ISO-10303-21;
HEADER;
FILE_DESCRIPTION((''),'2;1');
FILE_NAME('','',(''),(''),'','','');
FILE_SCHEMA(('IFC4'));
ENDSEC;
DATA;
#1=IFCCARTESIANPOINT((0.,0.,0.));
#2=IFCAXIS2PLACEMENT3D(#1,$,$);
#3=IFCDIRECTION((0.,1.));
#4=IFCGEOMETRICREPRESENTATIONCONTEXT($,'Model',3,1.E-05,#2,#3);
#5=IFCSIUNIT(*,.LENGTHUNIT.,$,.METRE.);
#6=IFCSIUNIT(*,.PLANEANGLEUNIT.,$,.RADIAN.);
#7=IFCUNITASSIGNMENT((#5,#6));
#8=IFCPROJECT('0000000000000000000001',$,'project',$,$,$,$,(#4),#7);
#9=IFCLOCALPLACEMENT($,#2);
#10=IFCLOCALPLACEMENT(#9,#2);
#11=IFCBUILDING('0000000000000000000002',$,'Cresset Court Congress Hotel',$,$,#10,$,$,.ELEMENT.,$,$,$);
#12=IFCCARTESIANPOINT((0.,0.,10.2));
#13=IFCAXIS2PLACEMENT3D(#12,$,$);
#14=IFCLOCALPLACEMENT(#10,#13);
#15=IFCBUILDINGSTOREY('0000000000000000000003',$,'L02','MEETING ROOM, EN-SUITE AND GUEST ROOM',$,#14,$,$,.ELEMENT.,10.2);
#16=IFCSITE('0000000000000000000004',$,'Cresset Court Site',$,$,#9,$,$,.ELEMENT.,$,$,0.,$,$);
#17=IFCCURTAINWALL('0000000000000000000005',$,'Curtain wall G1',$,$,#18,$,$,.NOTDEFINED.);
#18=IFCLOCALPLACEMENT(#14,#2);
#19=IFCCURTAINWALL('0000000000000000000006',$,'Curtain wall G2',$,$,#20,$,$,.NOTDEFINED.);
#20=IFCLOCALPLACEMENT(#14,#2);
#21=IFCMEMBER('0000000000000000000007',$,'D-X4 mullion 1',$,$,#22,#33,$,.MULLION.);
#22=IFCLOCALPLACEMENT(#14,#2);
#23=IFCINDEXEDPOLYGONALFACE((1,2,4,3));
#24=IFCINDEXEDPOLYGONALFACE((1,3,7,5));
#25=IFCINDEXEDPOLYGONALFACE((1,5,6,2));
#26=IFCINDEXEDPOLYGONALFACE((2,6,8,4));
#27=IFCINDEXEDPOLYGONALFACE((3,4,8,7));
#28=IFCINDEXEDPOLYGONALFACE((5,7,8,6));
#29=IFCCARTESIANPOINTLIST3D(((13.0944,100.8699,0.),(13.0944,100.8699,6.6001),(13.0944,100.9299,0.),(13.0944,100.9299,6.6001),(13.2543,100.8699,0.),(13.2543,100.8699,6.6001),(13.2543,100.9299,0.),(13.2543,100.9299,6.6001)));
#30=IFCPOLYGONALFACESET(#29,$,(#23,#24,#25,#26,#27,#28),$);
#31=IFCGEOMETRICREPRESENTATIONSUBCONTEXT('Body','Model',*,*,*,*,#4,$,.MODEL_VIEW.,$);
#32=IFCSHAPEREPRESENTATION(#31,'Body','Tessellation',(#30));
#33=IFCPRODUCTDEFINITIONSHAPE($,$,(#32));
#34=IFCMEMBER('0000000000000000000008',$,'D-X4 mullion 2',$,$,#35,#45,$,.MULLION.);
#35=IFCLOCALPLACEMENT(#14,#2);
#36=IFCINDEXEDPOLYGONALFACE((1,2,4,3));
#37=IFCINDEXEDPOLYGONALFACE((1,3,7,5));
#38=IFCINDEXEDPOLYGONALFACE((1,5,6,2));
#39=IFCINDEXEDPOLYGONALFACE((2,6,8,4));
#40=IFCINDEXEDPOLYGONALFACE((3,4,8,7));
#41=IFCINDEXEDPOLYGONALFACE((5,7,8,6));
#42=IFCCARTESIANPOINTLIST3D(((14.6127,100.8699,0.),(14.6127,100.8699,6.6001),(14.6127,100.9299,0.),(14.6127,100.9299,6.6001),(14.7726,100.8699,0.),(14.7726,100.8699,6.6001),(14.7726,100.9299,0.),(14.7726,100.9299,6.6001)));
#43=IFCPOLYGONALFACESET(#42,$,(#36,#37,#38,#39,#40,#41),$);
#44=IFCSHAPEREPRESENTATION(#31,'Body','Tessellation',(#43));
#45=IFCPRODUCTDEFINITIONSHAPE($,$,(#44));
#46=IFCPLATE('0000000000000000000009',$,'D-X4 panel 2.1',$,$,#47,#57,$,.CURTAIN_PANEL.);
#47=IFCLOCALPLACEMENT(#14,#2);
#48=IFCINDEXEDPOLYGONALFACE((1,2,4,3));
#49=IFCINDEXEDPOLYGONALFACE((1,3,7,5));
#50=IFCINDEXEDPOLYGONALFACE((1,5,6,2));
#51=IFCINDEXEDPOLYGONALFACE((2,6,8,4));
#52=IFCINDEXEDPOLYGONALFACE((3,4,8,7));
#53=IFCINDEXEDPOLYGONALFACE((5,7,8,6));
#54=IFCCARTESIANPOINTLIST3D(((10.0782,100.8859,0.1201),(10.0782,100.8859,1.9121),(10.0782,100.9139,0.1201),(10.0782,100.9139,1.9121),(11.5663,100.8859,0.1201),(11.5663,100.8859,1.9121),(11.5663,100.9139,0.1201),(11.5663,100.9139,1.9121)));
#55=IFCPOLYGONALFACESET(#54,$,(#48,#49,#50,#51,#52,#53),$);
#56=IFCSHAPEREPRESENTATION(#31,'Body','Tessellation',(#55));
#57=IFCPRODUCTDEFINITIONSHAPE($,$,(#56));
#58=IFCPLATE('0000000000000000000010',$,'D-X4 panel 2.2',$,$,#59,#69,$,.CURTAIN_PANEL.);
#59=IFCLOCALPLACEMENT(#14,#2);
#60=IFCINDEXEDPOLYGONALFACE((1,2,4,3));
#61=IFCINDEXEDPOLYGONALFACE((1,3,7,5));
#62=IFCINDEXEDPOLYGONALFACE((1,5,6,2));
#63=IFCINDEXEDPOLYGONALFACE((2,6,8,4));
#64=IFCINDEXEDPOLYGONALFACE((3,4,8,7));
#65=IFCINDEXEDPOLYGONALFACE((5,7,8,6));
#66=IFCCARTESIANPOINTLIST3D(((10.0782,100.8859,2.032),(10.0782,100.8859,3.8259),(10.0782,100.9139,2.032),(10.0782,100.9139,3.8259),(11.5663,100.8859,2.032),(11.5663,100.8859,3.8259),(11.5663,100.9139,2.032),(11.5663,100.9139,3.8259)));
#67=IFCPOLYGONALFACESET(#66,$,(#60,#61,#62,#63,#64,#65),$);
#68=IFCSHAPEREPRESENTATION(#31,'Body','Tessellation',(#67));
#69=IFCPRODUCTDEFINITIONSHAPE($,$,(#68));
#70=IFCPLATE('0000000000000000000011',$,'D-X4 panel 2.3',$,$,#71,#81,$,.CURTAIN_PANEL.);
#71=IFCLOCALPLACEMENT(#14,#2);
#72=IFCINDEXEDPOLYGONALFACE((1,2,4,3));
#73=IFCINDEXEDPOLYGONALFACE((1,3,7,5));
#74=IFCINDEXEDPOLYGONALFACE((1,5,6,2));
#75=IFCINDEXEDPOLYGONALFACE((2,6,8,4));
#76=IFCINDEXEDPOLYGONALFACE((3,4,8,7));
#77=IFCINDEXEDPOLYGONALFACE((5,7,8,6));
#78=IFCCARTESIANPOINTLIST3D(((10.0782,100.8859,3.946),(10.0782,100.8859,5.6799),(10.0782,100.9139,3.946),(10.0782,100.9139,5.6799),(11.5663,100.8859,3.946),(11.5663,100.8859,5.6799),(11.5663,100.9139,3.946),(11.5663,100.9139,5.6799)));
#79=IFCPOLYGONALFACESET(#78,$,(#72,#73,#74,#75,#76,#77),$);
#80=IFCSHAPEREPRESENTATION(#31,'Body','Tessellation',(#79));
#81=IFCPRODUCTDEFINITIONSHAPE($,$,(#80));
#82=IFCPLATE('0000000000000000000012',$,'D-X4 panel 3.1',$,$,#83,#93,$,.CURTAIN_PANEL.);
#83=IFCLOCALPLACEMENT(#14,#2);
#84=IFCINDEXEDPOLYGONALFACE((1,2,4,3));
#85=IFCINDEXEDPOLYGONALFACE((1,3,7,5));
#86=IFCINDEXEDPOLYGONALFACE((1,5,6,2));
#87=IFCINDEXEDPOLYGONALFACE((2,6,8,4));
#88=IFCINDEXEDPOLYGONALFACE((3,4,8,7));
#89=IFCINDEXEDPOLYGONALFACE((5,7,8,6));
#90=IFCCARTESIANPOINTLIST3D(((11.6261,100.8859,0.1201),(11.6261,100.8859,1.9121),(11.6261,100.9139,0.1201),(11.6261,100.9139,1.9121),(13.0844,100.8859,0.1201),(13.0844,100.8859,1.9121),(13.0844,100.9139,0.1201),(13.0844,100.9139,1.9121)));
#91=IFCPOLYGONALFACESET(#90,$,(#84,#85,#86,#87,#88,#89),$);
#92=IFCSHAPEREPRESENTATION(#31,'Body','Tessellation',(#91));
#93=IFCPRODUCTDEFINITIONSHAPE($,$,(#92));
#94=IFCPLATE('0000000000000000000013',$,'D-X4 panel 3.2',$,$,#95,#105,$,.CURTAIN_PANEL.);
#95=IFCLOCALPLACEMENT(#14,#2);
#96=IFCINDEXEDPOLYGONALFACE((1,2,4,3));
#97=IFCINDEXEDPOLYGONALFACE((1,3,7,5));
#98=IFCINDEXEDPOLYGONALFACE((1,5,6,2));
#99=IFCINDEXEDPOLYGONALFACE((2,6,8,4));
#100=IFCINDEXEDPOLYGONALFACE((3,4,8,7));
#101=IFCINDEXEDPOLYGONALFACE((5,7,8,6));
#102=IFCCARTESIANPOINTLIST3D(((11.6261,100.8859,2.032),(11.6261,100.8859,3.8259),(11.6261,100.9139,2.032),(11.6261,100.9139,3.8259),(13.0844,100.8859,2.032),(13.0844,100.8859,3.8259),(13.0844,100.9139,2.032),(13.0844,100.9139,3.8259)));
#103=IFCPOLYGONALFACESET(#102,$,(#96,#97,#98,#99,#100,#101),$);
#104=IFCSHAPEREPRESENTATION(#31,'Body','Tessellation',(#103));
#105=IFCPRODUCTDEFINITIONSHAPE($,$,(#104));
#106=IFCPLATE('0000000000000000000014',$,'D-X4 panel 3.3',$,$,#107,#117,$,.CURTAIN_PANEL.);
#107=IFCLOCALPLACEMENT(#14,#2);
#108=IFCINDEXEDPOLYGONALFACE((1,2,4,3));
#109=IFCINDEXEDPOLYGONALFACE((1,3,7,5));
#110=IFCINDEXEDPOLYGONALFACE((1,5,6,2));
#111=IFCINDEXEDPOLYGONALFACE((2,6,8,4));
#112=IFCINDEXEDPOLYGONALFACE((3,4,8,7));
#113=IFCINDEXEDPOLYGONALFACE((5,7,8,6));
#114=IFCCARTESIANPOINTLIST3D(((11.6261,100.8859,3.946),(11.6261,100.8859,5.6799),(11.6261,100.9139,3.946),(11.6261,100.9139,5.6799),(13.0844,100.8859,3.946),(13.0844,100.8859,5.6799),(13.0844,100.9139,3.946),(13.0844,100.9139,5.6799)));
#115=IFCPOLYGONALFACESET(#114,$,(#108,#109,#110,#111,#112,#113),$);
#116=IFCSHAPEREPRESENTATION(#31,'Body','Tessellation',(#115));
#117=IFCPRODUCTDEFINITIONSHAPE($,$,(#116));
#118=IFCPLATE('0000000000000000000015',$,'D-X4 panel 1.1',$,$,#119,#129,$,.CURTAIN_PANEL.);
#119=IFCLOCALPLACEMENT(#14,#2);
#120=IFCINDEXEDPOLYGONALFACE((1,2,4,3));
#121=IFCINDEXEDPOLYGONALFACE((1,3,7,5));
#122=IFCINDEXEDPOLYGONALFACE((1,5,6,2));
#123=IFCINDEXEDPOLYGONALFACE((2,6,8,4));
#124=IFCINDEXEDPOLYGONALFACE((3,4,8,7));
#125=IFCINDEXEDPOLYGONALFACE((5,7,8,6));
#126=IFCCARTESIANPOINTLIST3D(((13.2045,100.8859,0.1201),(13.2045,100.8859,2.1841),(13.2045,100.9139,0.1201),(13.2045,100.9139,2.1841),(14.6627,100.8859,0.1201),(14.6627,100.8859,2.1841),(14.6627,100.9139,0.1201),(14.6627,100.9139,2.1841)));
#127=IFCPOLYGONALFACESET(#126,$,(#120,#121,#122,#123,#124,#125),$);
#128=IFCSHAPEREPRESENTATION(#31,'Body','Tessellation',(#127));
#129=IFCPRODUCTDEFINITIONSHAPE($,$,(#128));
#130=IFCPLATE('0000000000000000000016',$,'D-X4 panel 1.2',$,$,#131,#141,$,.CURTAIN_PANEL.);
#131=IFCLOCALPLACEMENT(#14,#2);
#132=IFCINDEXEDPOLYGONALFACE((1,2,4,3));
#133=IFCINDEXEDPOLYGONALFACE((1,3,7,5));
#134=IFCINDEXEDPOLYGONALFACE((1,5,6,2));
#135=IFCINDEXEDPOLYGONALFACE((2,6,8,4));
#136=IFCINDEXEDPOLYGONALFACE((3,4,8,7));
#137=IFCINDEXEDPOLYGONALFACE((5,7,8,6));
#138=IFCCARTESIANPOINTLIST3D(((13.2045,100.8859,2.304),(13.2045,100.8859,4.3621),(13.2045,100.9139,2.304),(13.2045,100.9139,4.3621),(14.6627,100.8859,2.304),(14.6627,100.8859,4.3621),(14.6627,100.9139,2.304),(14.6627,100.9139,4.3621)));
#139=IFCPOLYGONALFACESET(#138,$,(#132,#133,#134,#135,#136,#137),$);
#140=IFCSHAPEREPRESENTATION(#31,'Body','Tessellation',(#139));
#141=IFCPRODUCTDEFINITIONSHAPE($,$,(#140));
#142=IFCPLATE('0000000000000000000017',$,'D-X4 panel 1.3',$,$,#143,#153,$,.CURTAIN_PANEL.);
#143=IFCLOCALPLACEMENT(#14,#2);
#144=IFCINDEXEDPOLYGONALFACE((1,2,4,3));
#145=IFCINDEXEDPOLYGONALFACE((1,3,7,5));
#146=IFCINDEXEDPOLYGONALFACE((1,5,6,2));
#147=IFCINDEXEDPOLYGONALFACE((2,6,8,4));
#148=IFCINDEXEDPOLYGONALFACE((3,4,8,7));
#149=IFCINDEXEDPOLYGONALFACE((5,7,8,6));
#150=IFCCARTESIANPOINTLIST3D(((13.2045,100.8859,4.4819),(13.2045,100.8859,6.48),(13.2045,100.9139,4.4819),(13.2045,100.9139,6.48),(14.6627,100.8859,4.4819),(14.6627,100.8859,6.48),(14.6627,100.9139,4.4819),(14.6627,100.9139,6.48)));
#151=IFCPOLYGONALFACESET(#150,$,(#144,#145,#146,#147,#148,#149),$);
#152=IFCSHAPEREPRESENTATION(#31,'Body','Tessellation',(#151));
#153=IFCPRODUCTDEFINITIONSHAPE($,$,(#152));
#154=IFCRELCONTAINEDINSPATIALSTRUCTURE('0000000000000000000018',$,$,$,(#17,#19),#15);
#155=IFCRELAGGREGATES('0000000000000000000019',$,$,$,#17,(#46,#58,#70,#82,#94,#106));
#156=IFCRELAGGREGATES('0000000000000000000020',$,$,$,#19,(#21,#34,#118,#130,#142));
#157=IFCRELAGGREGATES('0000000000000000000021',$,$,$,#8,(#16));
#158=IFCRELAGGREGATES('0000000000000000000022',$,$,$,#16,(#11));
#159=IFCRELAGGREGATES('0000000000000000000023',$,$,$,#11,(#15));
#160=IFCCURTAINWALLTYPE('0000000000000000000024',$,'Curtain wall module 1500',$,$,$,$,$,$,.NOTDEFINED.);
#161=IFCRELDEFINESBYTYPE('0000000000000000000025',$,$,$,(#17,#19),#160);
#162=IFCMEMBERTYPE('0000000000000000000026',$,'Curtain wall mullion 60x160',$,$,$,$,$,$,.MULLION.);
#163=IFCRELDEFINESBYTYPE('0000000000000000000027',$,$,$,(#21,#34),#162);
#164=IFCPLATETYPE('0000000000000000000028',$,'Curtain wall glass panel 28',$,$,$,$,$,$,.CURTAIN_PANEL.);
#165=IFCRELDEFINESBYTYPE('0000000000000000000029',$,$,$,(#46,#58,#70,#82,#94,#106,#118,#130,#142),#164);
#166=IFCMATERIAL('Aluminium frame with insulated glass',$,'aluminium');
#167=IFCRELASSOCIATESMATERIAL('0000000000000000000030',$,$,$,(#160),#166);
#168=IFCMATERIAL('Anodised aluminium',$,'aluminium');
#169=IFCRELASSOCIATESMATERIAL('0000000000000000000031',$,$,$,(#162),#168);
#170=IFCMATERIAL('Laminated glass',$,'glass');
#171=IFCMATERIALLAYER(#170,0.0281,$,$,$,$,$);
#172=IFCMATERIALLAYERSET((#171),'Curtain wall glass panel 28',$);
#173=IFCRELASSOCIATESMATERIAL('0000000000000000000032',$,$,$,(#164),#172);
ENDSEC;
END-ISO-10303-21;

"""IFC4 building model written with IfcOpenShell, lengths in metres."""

from ifc_helpers import new_model, si_unit, direction, frame, origin, origin_2d, place, context, subcontext, project, spatial, rectangle, extrude, material, layer, layer_set, material_profile, profile_set, type_object, element, aggregate, save


model = new_model("IFC4")

# Units and contexts
model_context = context("Model", 3, precision=1e-05, world=origin(), true_north=direction((0.0, 1.0)))
body_context = subcontext(model_context, "Body", "Model", "MODEL_VIEW")
ifc_project = project(units=[si_unit("LENGTHUNIT", "METRE"), si_unit("PLANEANGLEUNIT", "RADIAN")], contexts=[model_context])

# Site, building, storey
site_placement = place(None, origin())
site = spatial("IfcSite", under=ifc_project, at=site_placement, Name="Cresset Court Site", CompositionType="ELEMENT", RefElevation=0.0)
building_placement = place(site_placement, origin())
building = spatial("IfcBuilding", under=site, at=building_placement, Name="Cresset Court Congress Hotel", CompositionType="ELEMENT")
storey_placement = place(building_placement, frame((0.0, 0.0, 10.2)))
storey = spatial("IfcBuildingStorey", under=building, at=storey_placement, Name="L02", Description="MEETING ROOM, EN-SUITE AND GUEST ROOM", CompositionType="ELEMENT", Elevation=10.2)

# Curtain walls
ifc_material_1 = material(Name="Aluminium frame with insulated glass", Category="aluminium")
curtain_wall_type = type_object("IfcCurtainWallType", Name="Curtain wall module 1500", PredefinedType="NOTDEFINED", material=ifc_material_1)
curtain_wall_1_placement = place(storey_placement, origin())
curtain_wall_1 = element("IfcCurtainWall", 1, at=curtain_wall_1_placement, inside=storey, type_object=curtain_wall_type, Name="Curtain wall G1", PredefinedType="NOTDEFINED")
curtain_wall_2_placement = place(storey_placement, origin())
curtain_wall_2 = element("IfcCurtainWall", 2, at=curtain_wall_2_placement, inside=storey, type_object=curtain_wall_type, Name="Curtain wall G2", PredefinedType="NOTDEFINED")

# Members
ifc_material_2 = material(Name="Anodised aluminium", Category="aluminium")
ifc_material_profile_1 = material_profile(ifc_material_2, rectangle(XDim=0.0601, YDim=0.1599, at=origin_2d()), Name="AL60x160")
ifc_profile_set_1 = profile_set([ifc_material_profile_1], Name="Anodised aluminium")
member_type_1 = type_object("IfcMemberType", Name="Curtain wall mullion 60x160", PredefinedType="MULLION", material=ifc_profile_set_1)
member_1_placement = place(storey_placement, frame((13.1743, 100.8999, 0.0), z_axis=(0.0, 0.0, 1.0), x_axis=(0.0, 1.0, 0.0)))
member_1 = element("IfcMember", 3, at=member_1_placement, type_object=member_type_1, Name="D-X4 mullion 1", PredefinedType="MULLION", context=body_context, shape_type="SweptSolid", body=[
    extrude(rectangle(XDim=0.0601, YDim=0.1599, at=origin_2d()), origin(), (0.0, 0.0, 1.0), 6.6001),
])
member_2_placement = place(storey_placement, frame((14.6926, 100.8999, 0.0), z_axis=(0.0, 0.0, 1.0), x_axis=(0.0, 1.0, 0.0)))
member_2 = element("IfcMember", 4, at=member_2_placement, type_object=member_type_1, Name="D-X4 mullion 2", PredefinedType="MULLION", context=body_context, shape_type="SweptSolid", body=[
    extrude(rectangle(XDim=0.0601, YDim=0.1599, at=origin_2d()), origin(), (0.0, 0.0, 1.0), 6.6001),
])

# Plates
ifc_material_3 = material(Name="Laminated glass", Category="glass")
ifc_layer = layer(ifc_material_3, 0.0281)
ifc_layer_set = layer_set([ifc_layer], Name="Curtain wall glass panel 28")
plate_type = type_object("IfcPlateType", Name="Curtain wall glass panel 28", PredefinedType="CURTAIN_PANEL", material=ifc_layer_set)
plate_1_placement = place(storey_placement, frame((10.8223, 100.8999, 0.1201), z_axis=(0.0, 0.0, 1.0), x_axis=(1.0, 0.0, 0.0)))
plate_1 = element("IfcPlate", 5, at=plate_1_placement, type_object=plate_type, Name="D-X4 panel 2.1", PredefinedType="CURTAIN_PANEL", context=body_context, shape_type="SweptSolid", body=[
    extrude(rectangle(XDim=1.488, YDim=0.0281, at=origin_2d()), origin(), (0.0, 0.0, 1.0), 1.792),
])
plate_2_placement = place(storey_placement, frame((10.8223, 100.8999, 2.032), z_axis=(0.0, 0.0, 1.0), x_axis=(1.0, 0.0, 0.0)))
plate_2 = element("IfcPlate", 6, at=plate_2_placement, type_object=plate_type, Name="D-X4 panel 2.2", PredefinedType="CURTAIN_PANEL", context=body_context, shape_type="SweptSolid", body=[
    extrude(rectangle(XDim=1.488, YDim=0.0281, at=origin_2d()), origin(), (0.0, 0.0, 1.0), 1.7939),
])
plate_3_placement = place(storey_placement, frame((10.8223, 100.8999, 3.946), z_axis=(0.0, 0.0, 1.0), x_axis=(1.0, 0.0, 0.0)))
plate_3 = element("IfcPlate", 7, at=plate_3_placement, type_object=plate_type, Name="D-X4 panel 2.3", PredefinedType="CURTAIN_PANEL", context=body_context, shape_type="SweptSolid", body=[
    extrude(rectangle(XDim=1.488, YDim=0.0281, at=origin_2d()), origin(), (0.0, 0.0, 1.0), 1.7339),
])
plate_4_placement = place(storey_placement, frame((12.3552, 100.8999, 0.1201), z_axis=(0.0, 0.0, 1.0), x_axis=(1.0, 0.0, 0.0)))
plate_4 = element("IfcPlate", 8, at=plate_4_placement, type_object=plate_type, Name="D-X4 panel 3.1", PredefinedType="CURTAIN_PANEL", context=body_context, shape_type="SweptSolid", body=[
    extrude(rectangle(XDim=1.4583, YDim=0.0281, at=origin_2d()), origin(), (0.0, 0.0, 1.0), 1.792),
])
plate_5_placement = place(storey_placement, frame((12.3552, 100.8999, 2.032), z_axis=(0.0, 0.0, 1.0), x_axis=(1.0, 0.0, 0.0)))
plate_5 = element("IfcPlate", 9, at=plate_5_placement, type_object=plate_type, Name="D-X4 panel 3.2", PredefinedType="CURTAIN_PANEL", context=body_context, shape_type="SweptSolid", body=[
    extrude(rectangle(XDim=1.4583, YDim=0.0281, at=origin_2d()), origin(), (0.0, 0.0, 1.0), 1.7939),
])
plate_6_placement = place(storey_placement, frame((12.3552, 100.8999, 3.946), z_axis=(0.0, 0.0, 1.0), x_axis=(1.0, 0.0, 0.0)))
plate_6 = element("IfcPlate", 10, at=plate_6_placement, type_object=plate_type, Name="D-X4 panel 3.3", PredefinedType="CURTAIN_PANEL", context=body_context, shape_type="SweptSolid", body=[
    extrude(rectangle(XDim=1.4583, YDim=0.0281, at=origin_2d()), origin(), (0.0, 0.0, 1.0), 1.7339),
])
aggregate(curtain_wall_1, [plate_1, plate_2, plate_3, plate_4, plate_5, plate_6])
plate_7_placement = place(storey_placement, frame((13.9336, 100.8999, 0.1201), z_axis=(0.0, 0.0, 1.0), x_axis=(1.0, 0.0, 0.0)))
plate_7 = element("IfcPlate", 11, at=plate_7_placement, type_object=plate_type, Name="D-X4 panel 1.1", PredefinedType="CURTAIN_PANEL", context=body_context, shape_type="SweptSolid", body=[
    extrude(rectangle(XDim=1.4583, YDim=0.0281, at=origin_2d()), origin(), (0.0, 0.0, 1.0), 2.064),
])
plate_8_placement = place(storey_placement, frame((13.9336, 100.8999, 2.304), z_axis=(0.0, 0.0, 1.0), x_axis=(1.0, 0.0, 0.0)))
plate_8 = element("IfcPlate", 12, at=plate_8_placement, type_object=plate_type, Name="D-X4 panel 1.2", PredefinedType="CURTAIN_PANEL", context=body_context, shape_type="SweptSolid", body=[
    extrude(rectangle(XDim=1.4583, YDim=0.0281, at=origin_2d()), origin(), (0.0, 0.0, 1.0), 2.0581),
])
plate_9_placement = place(storey_placement, frame((13.9336, 100.8999, 4.4819), z_axis=(0.0, 0.0, 1.0), x_axis=(1.0, 0.0, 0.0)))
plate_9 = element("IfcPlate", 13, at=plate_9_placement, type_object=plate_type, Name="D-X4 panel 1.3", PredefinedType="CURTAIN_PANEL", context=body_context, shape_type="SweptSolid", body=[
    extrude(rectangle(XDim=1.4583, YDim=0.0281, at=origin_2d()), origin(), (0.0, 0.0, 1.0), 1.998),
])
aggregate(curtain_wall_2, [member_1, member_2, plate_7, plate_8, plate_9])

save(model, "model.ifc")
